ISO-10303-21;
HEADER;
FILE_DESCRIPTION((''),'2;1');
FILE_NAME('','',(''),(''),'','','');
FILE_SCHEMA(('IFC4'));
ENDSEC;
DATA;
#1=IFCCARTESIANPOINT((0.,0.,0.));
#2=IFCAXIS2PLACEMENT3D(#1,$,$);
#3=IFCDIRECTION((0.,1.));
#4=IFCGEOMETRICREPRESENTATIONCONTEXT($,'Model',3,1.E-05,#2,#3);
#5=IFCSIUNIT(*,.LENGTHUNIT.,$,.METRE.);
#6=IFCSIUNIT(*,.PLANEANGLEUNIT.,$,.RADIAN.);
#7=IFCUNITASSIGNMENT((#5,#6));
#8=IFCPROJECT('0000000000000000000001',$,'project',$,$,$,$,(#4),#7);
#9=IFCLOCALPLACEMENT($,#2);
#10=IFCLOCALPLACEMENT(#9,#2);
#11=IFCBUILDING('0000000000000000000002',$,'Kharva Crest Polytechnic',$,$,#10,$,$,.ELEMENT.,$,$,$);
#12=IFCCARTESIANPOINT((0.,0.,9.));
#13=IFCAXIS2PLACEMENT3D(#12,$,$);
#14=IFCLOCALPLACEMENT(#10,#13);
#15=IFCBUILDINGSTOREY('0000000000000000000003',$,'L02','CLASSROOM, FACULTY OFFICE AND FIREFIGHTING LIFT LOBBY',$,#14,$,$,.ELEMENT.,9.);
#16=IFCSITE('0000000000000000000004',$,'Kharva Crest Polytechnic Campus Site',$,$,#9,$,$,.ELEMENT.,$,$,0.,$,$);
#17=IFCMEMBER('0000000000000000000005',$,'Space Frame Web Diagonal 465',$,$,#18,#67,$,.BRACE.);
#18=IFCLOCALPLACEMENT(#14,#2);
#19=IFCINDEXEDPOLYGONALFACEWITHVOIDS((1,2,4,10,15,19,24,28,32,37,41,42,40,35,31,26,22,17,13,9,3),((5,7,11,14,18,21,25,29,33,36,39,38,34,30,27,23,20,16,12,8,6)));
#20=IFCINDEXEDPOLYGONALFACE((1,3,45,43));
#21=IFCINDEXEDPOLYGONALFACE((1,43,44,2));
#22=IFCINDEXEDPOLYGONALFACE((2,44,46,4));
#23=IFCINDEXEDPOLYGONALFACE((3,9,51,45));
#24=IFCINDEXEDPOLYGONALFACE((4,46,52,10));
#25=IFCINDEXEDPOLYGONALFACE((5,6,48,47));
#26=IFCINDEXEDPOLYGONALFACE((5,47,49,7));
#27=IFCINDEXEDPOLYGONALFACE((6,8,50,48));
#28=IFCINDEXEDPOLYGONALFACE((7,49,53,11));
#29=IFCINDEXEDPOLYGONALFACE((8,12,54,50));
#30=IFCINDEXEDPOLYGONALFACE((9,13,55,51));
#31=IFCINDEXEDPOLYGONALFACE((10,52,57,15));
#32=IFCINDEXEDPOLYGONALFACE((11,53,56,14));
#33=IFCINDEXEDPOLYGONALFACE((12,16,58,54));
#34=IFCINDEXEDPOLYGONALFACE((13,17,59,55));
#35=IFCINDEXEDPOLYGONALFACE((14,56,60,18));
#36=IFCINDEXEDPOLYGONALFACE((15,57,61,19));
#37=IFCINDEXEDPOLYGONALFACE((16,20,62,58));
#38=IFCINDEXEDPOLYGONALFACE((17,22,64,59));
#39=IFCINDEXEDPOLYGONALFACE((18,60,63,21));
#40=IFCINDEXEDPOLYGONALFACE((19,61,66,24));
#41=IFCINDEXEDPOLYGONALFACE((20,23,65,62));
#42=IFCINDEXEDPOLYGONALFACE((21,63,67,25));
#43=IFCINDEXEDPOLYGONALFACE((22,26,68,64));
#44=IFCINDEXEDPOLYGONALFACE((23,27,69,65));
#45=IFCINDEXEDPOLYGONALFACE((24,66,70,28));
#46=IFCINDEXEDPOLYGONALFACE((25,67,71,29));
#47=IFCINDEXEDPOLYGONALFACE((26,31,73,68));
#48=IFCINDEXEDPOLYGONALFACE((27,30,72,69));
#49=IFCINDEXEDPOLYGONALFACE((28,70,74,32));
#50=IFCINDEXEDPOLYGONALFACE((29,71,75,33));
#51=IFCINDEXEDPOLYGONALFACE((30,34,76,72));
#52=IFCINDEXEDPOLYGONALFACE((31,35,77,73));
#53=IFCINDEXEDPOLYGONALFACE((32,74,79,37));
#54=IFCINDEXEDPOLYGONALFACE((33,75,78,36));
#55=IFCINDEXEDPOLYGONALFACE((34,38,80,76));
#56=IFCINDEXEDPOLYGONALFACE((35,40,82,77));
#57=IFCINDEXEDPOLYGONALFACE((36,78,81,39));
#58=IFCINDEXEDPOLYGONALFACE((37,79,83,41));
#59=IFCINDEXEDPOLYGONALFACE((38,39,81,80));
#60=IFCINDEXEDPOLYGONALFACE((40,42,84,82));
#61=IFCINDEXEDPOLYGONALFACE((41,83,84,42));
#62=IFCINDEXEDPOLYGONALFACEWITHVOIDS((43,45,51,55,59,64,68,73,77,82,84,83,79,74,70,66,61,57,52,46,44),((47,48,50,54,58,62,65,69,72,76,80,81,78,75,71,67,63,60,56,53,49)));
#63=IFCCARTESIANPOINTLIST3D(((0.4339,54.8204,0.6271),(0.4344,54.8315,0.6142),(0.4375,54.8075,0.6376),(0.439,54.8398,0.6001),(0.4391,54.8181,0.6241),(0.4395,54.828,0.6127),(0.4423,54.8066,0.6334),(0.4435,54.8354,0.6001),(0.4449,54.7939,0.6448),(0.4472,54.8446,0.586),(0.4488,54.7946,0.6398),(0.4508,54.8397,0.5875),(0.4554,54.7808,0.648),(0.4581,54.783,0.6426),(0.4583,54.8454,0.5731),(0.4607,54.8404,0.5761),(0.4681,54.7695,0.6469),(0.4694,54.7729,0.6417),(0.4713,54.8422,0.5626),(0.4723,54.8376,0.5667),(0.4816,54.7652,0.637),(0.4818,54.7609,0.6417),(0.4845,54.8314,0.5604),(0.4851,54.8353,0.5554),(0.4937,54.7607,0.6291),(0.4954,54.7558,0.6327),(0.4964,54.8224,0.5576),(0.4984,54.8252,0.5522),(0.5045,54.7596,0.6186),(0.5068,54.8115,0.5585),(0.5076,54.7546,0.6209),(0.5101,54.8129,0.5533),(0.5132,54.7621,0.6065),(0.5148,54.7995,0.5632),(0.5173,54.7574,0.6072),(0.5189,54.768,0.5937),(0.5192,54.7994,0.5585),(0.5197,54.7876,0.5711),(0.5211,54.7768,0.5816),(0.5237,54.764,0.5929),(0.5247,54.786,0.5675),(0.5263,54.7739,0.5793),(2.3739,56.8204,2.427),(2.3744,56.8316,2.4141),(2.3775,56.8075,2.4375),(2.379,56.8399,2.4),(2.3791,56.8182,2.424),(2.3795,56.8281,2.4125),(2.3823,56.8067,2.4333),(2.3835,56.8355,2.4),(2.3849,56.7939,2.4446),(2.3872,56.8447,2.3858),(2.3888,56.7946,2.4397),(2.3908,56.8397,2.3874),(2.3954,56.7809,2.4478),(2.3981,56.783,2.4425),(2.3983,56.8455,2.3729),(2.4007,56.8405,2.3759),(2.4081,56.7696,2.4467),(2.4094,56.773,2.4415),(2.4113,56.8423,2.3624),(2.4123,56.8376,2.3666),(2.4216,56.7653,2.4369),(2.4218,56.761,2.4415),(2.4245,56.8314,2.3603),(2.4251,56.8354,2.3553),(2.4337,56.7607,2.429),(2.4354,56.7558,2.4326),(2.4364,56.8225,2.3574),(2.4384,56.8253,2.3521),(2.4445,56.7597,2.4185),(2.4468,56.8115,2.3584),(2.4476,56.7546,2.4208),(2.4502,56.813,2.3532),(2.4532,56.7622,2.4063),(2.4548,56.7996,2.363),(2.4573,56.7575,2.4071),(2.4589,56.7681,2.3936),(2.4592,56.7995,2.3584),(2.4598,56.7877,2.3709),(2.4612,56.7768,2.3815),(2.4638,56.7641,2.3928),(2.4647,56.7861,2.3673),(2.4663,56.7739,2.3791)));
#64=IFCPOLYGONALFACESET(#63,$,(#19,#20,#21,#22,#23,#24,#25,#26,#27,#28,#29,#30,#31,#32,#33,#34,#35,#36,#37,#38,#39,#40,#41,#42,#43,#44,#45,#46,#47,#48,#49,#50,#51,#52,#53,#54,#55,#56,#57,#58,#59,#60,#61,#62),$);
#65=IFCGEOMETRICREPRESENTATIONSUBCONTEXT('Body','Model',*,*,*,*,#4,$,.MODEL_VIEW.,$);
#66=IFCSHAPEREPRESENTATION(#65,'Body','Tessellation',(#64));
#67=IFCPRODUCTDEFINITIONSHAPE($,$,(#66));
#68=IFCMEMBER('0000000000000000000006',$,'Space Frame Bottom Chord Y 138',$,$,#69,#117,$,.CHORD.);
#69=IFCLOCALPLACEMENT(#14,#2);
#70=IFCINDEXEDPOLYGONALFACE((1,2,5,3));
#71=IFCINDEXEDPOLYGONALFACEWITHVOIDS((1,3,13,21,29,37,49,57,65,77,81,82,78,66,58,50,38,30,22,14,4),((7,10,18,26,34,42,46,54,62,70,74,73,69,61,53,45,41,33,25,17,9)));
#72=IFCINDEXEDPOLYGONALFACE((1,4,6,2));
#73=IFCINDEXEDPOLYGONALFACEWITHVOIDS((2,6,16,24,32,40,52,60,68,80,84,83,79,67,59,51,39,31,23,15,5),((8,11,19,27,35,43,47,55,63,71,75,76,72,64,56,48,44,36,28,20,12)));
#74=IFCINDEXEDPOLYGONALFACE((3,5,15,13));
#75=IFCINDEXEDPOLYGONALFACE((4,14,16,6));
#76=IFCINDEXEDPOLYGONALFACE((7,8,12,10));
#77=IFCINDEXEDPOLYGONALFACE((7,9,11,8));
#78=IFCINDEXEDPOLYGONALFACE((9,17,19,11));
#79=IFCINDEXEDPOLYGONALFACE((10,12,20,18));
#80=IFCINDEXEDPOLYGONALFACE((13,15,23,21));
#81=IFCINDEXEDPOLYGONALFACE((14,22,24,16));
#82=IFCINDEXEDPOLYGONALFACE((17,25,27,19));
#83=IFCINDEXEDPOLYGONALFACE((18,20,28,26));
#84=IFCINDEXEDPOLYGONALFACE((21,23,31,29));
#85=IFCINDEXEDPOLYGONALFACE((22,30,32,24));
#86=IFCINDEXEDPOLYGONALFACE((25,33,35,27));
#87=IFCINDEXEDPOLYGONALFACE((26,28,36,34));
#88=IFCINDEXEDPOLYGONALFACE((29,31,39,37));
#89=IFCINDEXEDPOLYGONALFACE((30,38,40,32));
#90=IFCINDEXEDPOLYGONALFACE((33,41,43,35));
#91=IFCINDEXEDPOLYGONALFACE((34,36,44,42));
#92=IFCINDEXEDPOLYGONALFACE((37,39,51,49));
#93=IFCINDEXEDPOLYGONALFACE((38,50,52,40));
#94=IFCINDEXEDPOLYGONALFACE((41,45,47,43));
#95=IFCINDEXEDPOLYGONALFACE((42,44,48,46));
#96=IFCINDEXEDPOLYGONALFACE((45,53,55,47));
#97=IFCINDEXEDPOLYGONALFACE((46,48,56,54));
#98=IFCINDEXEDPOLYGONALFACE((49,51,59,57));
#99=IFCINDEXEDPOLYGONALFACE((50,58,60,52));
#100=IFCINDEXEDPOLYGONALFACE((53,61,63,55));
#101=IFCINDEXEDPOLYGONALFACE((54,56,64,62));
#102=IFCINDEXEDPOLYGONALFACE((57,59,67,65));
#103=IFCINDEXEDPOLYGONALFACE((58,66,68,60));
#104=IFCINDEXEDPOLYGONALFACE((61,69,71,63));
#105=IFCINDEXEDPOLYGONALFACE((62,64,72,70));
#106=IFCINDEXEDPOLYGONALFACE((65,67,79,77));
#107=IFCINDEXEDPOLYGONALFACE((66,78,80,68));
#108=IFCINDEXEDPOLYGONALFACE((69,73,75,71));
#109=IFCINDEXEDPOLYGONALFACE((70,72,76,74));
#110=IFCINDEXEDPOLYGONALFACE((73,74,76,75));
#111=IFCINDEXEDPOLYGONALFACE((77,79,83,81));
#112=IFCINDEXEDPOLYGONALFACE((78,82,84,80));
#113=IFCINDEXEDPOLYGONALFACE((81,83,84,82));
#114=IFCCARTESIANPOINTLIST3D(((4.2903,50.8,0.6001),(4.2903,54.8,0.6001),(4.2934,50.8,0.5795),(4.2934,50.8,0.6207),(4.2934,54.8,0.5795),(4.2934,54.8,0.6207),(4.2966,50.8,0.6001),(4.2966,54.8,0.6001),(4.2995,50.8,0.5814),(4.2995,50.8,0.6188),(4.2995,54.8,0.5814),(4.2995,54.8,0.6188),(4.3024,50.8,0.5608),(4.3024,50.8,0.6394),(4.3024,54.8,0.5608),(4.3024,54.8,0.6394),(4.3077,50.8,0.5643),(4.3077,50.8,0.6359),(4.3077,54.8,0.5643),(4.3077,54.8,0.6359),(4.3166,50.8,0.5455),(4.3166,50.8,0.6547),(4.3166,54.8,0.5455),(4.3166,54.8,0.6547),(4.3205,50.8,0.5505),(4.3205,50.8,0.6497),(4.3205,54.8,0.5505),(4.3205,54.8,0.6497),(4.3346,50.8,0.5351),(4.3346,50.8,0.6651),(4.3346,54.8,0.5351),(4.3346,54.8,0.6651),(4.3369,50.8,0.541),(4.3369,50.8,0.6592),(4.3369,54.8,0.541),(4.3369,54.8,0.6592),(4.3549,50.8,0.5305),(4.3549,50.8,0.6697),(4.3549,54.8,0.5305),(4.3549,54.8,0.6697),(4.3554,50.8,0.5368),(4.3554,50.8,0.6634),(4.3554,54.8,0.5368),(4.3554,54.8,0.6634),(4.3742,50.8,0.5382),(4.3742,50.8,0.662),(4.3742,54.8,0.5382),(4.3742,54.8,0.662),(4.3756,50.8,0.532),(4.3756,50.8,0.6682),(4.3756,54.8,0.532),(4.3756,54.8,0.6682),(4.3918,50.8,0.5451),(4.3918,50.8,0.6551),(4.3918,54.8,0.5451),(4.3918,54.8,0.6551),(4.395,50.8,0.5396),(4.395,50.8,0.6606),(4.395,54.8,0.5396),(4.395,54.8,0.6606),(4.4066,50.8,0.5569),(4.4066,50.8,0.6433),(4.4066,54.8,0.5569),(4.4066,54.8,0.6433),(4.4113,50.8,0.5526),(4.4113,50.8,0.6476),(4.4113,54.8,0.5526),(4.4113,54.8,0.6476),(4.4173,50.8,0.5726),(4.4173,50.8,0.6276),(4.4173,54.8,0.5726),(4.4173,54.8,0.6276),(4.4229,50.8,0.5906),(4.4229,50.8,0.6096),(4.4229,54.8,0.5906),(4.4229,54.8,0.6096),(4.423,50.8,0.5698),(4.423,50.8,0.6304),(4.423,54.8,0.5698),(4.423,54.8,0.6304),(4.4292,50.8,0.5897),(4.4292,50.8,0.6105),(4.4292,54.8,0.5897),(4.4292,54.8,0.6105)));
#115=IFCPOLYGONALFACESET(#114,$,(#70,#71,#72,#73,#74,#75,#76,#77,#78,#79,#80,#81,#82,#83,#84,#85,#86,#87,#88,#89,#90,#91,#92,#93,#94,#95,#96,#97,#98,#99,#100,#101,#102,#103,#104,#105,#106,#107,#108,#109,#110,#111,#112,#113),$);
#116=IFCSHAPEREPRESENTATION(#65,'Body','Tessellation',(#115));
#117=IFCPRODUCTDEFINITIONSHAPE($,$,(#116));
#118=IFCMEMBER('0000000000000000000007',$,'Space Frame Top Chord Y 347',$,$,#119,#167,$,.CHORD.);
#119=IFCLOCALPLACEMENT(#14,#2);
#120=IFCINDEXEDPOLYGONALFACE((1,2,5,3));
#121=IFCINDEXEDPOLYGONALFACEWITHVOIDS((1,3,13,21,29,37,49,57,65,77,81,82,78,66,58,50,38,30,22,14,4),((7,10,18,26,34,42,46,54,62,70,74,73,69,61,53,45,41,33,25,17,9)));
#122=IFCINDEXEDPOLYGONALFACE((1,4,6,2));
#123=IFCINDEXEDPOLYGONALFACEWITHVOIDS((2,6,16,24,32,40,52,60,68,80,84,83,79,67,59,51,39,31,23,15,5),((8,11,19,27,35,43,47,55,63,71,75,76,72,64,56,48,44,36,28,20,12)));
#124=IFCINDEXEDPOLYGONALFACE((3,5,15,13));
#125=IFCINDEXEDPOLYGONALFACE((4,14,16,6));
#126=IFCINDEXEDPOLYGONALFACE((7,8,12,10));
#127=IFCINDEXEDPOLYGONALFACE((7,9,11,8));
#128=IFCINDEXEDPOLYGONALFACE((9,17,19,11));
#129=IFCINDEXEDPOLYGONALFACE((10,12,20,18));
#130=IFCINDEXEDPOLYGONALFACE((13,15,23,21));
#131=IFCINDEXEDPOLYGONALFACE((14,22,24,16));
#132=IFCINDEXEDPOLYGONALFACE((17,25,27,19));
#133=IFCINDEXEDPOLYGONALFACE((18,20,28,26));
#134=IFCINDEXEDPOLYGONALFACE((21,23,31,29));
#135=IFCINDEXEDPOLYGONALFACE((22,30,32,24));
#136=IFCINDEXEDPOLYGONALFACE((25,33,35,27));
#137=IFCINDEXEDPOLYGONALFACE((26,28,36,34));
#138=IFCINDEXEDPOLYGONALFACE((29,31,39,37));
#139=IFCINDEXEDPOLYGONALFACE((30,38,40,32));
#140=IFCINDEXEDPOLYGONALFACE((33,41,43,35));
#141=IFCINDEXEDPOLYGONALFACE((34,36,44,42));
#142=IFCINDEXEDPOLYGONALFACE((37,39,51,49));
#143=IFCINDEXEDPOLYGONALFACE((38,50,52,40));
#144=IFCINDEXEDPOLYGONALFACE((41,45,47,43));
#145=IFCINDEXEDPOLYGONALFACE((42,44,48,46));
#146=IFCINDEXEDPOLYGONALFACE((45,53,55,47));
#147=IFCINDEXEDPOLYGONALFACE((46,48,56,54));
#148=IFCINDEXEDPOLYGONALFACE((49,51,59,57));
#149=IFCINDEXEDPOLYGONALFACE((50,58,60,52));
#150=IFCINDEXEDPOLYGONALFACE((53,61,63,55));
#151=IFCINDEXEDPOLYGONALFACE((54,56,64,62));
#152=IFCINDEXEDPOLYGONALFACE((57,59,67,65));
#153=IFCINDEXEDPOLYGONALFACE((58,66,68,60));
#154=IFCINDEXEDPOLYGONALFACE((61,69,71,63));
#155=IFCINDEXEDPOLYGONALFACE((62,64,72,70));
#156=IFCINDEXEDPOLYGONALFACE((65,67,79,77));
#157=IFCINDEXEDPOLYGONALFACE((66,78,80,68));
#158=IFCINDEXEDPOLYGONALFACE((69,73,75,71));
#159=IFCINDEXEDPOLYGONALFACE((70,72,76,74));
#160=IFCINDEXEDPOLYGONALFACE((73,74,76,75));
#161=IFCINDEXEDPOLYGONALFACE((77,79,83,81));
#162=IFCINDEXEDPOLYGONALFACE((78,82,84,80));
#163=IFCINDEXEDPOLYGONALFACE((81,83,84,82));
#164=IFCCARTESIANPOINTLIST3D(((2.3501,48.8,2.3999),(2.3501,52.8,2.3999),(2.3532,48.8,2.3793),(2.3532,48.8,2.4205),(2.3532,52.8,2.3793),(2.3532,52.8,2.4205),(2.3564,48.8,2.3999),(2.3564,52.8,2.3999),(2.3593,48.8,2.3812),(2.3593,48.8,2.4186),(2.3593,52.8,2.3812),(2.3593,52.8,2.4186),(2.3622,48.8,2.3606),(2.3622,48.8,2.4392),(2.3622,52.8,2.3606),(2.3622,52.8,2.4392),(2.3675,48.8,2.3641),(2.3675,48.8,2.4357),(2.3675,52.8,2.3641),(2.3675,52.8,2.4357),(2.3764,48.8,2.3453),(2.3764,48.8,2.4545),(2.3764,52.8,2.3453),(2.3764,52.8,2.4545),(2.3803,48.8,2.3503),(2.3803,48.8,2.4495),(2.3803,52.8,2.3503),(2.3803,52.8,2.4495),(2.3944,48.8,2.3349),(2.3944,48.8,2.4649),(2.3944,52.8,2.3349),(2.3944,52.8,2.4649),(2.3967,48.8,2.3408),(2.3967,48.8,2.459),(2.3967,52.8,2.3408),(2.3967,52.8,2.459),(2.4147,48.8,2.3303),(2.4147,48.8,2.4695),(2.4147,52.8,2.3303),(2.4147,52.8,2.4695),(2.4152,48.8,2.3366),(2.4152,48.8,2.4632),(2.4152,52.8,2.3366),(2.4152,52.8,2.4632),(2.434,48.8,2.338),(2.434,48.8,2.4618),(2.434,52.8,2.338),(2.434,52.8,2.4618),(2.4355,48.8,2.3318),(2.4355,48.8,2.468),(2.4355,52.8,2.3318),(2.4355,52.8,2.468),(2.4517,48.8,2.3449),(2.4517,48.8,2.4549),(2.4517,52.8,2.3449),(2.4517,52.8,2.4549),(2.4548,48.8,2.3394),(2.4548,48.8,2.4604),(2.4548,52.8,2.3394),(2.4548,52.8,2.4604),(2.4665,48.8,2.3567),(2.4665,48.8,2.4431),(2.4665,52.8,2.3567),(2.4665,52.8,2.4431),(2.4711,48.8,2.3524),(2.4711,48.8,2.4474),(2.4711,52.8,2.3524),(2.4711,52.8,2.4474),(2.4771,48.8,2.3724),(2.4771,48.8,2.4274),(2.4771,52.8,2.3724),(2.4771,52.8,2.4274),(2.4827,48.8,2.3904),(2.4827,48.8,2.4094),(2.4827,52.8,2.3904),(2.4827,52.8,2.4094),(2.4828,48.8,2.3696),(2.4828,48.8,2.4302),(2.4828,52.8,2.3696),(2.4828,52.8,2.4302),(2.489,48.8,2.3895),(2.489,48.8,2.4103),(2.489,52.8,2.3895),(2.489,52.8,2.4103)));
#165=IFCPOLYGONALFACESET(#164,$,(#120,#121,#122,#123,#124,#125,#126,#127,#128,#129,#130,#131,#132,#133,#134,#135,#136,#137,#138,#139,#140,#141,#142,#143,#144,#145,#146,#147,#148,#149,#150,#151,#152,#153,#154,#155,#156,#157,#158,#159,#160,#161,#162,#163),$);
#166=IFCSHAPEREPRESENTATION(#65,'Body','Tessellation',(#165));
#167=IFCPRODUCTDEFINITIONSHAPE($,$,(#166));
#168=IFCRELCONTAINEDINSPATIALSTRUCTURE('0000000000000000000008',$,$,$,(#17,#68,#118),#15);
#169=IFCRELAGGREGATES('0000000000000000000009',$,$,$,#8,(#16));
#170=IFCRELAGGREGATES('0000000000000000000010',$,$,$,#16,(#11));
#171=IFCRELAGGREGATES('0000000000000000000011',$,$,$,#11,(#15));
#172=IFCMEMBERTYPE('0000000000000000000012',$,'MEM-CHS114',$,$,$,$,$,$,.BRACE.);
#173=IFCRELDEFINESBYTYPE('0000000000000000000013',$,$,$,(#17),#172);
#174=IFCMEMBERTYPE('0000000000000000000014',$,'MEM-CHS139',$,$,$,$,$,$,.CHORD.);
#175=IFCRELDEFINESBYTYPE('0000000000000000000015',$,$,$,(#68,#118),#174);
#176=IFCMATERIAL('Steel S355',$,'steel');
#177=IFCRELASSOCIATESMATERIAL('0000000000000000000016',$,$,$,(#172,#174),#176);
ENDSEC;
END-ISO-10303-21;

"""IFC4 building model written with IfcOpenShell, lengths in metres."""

from ifc_helpers import new_model, si_unit, direction, frame, origin, origin_2d, place, context, subcontext, project, spatial, hollow_circle, extrude, material, material_profile, profile_set, type_object, element, save


model = new_model("IFC4")

# Units and contexts
model_context = context("Model", 3, precision=1e-05, world=origin(), true_north=direction((0.0, 1.0)))
body_context = subcontext(model_context, "Body", "Model", "MODEL_VIEW")
ifc_project = project(units=[si_unit("LENGTHUNIT", "METRE"), si_unit("PLANEANGLEUNIT", "RADIAN")], contexts=[model_context])

# Site, building, storey
site_placement = place(None, origin())
site = spatial("IfcSite", under=ifc_project, at=site_placement, Name="Kharva Crest Polytechnic Campus Site", CompositionType="ELEMENT", RefElevation=0.0)
building_placement = place(site_placement, origin())
building = spatial("IfcBuilding", under=site, at=building_placement, Name="Kharva Crest Polytechnic", CompositionType="ELEMENT")
storey_placement = place(building_placement, frame((0.0, 0.0, 9.0)))
storey = spatial("IfcBuildingStorey", under=building, at=storey_placement, Name="L02", Description="CLASSROOM, FACULTY OFFICE AND FIREFIGHTING LIFT LOBBY", CompositionType="ELEMENT", Elevation=9.0)

# Shared definitions
ifc_material_1 = material(Name="Steel S355", Category="steel")

# Members
ifc_material_profile_1 = material_profile(ifc_material_1, hollow_circle(Radius=0.0571, WallThickness=0.0063, at=origin_2d()), Name="CHS 114.3X6.3")
ifc_profile_set_1 = profile_set([ifc_material_profile_1], Name="Steel S355")
member_type_1 = type_object("IfcMemberType", Name="MEM-CHS114", PredefinedType="BRACE", material=ifc_profile_set_1)
for number, where, z_axis, x_axis, name in (
    (1, (0.48, 54.8, 0.6001), (0.584843, 0.60295, 0.542596), (-0.717802, 0.696247, 0.0), "Space Frame Web Diagonal 465"),
):
    element("IfcMember", number, at=place(storey_placement, frame(where, z_axis=z_axis, x_axis=x_axis)), inside=storey, type_object=member_type_1, Name=name, PredefinedType="BRACE", context=body_context, shape_type="SweptSolid", body=[
        extrude(hollow_circle(Radius=0.0571, WallThickness=0.0063, at=origin_2d()), origin(), (0.0, 0.0, 1.0), 3.3171),
    ])
ifc_material_profile_2 = material_profile(ifc_material_1, hollow_circle(Radius=0.0698, WallThickness=0.0063, at=origin_2d()), Name="CHS 139.7X6.3")
ifc_profile_set_2 = profile_set([ifc_material_profile_2], Name="Steel S355")
member_type_2 = type_object("IfcMemberType", Name="MEM-CHS139", PredefinedType="CHORD", material=ifc_profile_set_2)
for number, where, z_axis, x_axis, name in (
    (2, (4.3601, 50.8, 0.6001), (0.0, 1.0, 0.0), (-1.0, 0.0, 0.0), "Space Frame Bottom Chord Y 138"),
    (3, (2.4199, 48.8, 2.3999), (0.0, 1.0, 0.0), (-1.0, 0.0, 0.0), "Space Frame Top Chord Y 347"),
):
    element("IfcMember", number, at=place(storey_placement, frame(where, z_axis=z_axis, x_axis=x_axis)), inside=storey, type_object=member_type_2, Name=name, PredefinedType="CHORD", context=body_context, shape_type="SweptSolid", body=[
        extrude(hollow_circle(Radius=0.0698, WallThickness=0.0063, at=origin_2d()), origin(), (0.0, 0.0, 1.0), 4.0),
    ])

save(model, "model.ifc")
